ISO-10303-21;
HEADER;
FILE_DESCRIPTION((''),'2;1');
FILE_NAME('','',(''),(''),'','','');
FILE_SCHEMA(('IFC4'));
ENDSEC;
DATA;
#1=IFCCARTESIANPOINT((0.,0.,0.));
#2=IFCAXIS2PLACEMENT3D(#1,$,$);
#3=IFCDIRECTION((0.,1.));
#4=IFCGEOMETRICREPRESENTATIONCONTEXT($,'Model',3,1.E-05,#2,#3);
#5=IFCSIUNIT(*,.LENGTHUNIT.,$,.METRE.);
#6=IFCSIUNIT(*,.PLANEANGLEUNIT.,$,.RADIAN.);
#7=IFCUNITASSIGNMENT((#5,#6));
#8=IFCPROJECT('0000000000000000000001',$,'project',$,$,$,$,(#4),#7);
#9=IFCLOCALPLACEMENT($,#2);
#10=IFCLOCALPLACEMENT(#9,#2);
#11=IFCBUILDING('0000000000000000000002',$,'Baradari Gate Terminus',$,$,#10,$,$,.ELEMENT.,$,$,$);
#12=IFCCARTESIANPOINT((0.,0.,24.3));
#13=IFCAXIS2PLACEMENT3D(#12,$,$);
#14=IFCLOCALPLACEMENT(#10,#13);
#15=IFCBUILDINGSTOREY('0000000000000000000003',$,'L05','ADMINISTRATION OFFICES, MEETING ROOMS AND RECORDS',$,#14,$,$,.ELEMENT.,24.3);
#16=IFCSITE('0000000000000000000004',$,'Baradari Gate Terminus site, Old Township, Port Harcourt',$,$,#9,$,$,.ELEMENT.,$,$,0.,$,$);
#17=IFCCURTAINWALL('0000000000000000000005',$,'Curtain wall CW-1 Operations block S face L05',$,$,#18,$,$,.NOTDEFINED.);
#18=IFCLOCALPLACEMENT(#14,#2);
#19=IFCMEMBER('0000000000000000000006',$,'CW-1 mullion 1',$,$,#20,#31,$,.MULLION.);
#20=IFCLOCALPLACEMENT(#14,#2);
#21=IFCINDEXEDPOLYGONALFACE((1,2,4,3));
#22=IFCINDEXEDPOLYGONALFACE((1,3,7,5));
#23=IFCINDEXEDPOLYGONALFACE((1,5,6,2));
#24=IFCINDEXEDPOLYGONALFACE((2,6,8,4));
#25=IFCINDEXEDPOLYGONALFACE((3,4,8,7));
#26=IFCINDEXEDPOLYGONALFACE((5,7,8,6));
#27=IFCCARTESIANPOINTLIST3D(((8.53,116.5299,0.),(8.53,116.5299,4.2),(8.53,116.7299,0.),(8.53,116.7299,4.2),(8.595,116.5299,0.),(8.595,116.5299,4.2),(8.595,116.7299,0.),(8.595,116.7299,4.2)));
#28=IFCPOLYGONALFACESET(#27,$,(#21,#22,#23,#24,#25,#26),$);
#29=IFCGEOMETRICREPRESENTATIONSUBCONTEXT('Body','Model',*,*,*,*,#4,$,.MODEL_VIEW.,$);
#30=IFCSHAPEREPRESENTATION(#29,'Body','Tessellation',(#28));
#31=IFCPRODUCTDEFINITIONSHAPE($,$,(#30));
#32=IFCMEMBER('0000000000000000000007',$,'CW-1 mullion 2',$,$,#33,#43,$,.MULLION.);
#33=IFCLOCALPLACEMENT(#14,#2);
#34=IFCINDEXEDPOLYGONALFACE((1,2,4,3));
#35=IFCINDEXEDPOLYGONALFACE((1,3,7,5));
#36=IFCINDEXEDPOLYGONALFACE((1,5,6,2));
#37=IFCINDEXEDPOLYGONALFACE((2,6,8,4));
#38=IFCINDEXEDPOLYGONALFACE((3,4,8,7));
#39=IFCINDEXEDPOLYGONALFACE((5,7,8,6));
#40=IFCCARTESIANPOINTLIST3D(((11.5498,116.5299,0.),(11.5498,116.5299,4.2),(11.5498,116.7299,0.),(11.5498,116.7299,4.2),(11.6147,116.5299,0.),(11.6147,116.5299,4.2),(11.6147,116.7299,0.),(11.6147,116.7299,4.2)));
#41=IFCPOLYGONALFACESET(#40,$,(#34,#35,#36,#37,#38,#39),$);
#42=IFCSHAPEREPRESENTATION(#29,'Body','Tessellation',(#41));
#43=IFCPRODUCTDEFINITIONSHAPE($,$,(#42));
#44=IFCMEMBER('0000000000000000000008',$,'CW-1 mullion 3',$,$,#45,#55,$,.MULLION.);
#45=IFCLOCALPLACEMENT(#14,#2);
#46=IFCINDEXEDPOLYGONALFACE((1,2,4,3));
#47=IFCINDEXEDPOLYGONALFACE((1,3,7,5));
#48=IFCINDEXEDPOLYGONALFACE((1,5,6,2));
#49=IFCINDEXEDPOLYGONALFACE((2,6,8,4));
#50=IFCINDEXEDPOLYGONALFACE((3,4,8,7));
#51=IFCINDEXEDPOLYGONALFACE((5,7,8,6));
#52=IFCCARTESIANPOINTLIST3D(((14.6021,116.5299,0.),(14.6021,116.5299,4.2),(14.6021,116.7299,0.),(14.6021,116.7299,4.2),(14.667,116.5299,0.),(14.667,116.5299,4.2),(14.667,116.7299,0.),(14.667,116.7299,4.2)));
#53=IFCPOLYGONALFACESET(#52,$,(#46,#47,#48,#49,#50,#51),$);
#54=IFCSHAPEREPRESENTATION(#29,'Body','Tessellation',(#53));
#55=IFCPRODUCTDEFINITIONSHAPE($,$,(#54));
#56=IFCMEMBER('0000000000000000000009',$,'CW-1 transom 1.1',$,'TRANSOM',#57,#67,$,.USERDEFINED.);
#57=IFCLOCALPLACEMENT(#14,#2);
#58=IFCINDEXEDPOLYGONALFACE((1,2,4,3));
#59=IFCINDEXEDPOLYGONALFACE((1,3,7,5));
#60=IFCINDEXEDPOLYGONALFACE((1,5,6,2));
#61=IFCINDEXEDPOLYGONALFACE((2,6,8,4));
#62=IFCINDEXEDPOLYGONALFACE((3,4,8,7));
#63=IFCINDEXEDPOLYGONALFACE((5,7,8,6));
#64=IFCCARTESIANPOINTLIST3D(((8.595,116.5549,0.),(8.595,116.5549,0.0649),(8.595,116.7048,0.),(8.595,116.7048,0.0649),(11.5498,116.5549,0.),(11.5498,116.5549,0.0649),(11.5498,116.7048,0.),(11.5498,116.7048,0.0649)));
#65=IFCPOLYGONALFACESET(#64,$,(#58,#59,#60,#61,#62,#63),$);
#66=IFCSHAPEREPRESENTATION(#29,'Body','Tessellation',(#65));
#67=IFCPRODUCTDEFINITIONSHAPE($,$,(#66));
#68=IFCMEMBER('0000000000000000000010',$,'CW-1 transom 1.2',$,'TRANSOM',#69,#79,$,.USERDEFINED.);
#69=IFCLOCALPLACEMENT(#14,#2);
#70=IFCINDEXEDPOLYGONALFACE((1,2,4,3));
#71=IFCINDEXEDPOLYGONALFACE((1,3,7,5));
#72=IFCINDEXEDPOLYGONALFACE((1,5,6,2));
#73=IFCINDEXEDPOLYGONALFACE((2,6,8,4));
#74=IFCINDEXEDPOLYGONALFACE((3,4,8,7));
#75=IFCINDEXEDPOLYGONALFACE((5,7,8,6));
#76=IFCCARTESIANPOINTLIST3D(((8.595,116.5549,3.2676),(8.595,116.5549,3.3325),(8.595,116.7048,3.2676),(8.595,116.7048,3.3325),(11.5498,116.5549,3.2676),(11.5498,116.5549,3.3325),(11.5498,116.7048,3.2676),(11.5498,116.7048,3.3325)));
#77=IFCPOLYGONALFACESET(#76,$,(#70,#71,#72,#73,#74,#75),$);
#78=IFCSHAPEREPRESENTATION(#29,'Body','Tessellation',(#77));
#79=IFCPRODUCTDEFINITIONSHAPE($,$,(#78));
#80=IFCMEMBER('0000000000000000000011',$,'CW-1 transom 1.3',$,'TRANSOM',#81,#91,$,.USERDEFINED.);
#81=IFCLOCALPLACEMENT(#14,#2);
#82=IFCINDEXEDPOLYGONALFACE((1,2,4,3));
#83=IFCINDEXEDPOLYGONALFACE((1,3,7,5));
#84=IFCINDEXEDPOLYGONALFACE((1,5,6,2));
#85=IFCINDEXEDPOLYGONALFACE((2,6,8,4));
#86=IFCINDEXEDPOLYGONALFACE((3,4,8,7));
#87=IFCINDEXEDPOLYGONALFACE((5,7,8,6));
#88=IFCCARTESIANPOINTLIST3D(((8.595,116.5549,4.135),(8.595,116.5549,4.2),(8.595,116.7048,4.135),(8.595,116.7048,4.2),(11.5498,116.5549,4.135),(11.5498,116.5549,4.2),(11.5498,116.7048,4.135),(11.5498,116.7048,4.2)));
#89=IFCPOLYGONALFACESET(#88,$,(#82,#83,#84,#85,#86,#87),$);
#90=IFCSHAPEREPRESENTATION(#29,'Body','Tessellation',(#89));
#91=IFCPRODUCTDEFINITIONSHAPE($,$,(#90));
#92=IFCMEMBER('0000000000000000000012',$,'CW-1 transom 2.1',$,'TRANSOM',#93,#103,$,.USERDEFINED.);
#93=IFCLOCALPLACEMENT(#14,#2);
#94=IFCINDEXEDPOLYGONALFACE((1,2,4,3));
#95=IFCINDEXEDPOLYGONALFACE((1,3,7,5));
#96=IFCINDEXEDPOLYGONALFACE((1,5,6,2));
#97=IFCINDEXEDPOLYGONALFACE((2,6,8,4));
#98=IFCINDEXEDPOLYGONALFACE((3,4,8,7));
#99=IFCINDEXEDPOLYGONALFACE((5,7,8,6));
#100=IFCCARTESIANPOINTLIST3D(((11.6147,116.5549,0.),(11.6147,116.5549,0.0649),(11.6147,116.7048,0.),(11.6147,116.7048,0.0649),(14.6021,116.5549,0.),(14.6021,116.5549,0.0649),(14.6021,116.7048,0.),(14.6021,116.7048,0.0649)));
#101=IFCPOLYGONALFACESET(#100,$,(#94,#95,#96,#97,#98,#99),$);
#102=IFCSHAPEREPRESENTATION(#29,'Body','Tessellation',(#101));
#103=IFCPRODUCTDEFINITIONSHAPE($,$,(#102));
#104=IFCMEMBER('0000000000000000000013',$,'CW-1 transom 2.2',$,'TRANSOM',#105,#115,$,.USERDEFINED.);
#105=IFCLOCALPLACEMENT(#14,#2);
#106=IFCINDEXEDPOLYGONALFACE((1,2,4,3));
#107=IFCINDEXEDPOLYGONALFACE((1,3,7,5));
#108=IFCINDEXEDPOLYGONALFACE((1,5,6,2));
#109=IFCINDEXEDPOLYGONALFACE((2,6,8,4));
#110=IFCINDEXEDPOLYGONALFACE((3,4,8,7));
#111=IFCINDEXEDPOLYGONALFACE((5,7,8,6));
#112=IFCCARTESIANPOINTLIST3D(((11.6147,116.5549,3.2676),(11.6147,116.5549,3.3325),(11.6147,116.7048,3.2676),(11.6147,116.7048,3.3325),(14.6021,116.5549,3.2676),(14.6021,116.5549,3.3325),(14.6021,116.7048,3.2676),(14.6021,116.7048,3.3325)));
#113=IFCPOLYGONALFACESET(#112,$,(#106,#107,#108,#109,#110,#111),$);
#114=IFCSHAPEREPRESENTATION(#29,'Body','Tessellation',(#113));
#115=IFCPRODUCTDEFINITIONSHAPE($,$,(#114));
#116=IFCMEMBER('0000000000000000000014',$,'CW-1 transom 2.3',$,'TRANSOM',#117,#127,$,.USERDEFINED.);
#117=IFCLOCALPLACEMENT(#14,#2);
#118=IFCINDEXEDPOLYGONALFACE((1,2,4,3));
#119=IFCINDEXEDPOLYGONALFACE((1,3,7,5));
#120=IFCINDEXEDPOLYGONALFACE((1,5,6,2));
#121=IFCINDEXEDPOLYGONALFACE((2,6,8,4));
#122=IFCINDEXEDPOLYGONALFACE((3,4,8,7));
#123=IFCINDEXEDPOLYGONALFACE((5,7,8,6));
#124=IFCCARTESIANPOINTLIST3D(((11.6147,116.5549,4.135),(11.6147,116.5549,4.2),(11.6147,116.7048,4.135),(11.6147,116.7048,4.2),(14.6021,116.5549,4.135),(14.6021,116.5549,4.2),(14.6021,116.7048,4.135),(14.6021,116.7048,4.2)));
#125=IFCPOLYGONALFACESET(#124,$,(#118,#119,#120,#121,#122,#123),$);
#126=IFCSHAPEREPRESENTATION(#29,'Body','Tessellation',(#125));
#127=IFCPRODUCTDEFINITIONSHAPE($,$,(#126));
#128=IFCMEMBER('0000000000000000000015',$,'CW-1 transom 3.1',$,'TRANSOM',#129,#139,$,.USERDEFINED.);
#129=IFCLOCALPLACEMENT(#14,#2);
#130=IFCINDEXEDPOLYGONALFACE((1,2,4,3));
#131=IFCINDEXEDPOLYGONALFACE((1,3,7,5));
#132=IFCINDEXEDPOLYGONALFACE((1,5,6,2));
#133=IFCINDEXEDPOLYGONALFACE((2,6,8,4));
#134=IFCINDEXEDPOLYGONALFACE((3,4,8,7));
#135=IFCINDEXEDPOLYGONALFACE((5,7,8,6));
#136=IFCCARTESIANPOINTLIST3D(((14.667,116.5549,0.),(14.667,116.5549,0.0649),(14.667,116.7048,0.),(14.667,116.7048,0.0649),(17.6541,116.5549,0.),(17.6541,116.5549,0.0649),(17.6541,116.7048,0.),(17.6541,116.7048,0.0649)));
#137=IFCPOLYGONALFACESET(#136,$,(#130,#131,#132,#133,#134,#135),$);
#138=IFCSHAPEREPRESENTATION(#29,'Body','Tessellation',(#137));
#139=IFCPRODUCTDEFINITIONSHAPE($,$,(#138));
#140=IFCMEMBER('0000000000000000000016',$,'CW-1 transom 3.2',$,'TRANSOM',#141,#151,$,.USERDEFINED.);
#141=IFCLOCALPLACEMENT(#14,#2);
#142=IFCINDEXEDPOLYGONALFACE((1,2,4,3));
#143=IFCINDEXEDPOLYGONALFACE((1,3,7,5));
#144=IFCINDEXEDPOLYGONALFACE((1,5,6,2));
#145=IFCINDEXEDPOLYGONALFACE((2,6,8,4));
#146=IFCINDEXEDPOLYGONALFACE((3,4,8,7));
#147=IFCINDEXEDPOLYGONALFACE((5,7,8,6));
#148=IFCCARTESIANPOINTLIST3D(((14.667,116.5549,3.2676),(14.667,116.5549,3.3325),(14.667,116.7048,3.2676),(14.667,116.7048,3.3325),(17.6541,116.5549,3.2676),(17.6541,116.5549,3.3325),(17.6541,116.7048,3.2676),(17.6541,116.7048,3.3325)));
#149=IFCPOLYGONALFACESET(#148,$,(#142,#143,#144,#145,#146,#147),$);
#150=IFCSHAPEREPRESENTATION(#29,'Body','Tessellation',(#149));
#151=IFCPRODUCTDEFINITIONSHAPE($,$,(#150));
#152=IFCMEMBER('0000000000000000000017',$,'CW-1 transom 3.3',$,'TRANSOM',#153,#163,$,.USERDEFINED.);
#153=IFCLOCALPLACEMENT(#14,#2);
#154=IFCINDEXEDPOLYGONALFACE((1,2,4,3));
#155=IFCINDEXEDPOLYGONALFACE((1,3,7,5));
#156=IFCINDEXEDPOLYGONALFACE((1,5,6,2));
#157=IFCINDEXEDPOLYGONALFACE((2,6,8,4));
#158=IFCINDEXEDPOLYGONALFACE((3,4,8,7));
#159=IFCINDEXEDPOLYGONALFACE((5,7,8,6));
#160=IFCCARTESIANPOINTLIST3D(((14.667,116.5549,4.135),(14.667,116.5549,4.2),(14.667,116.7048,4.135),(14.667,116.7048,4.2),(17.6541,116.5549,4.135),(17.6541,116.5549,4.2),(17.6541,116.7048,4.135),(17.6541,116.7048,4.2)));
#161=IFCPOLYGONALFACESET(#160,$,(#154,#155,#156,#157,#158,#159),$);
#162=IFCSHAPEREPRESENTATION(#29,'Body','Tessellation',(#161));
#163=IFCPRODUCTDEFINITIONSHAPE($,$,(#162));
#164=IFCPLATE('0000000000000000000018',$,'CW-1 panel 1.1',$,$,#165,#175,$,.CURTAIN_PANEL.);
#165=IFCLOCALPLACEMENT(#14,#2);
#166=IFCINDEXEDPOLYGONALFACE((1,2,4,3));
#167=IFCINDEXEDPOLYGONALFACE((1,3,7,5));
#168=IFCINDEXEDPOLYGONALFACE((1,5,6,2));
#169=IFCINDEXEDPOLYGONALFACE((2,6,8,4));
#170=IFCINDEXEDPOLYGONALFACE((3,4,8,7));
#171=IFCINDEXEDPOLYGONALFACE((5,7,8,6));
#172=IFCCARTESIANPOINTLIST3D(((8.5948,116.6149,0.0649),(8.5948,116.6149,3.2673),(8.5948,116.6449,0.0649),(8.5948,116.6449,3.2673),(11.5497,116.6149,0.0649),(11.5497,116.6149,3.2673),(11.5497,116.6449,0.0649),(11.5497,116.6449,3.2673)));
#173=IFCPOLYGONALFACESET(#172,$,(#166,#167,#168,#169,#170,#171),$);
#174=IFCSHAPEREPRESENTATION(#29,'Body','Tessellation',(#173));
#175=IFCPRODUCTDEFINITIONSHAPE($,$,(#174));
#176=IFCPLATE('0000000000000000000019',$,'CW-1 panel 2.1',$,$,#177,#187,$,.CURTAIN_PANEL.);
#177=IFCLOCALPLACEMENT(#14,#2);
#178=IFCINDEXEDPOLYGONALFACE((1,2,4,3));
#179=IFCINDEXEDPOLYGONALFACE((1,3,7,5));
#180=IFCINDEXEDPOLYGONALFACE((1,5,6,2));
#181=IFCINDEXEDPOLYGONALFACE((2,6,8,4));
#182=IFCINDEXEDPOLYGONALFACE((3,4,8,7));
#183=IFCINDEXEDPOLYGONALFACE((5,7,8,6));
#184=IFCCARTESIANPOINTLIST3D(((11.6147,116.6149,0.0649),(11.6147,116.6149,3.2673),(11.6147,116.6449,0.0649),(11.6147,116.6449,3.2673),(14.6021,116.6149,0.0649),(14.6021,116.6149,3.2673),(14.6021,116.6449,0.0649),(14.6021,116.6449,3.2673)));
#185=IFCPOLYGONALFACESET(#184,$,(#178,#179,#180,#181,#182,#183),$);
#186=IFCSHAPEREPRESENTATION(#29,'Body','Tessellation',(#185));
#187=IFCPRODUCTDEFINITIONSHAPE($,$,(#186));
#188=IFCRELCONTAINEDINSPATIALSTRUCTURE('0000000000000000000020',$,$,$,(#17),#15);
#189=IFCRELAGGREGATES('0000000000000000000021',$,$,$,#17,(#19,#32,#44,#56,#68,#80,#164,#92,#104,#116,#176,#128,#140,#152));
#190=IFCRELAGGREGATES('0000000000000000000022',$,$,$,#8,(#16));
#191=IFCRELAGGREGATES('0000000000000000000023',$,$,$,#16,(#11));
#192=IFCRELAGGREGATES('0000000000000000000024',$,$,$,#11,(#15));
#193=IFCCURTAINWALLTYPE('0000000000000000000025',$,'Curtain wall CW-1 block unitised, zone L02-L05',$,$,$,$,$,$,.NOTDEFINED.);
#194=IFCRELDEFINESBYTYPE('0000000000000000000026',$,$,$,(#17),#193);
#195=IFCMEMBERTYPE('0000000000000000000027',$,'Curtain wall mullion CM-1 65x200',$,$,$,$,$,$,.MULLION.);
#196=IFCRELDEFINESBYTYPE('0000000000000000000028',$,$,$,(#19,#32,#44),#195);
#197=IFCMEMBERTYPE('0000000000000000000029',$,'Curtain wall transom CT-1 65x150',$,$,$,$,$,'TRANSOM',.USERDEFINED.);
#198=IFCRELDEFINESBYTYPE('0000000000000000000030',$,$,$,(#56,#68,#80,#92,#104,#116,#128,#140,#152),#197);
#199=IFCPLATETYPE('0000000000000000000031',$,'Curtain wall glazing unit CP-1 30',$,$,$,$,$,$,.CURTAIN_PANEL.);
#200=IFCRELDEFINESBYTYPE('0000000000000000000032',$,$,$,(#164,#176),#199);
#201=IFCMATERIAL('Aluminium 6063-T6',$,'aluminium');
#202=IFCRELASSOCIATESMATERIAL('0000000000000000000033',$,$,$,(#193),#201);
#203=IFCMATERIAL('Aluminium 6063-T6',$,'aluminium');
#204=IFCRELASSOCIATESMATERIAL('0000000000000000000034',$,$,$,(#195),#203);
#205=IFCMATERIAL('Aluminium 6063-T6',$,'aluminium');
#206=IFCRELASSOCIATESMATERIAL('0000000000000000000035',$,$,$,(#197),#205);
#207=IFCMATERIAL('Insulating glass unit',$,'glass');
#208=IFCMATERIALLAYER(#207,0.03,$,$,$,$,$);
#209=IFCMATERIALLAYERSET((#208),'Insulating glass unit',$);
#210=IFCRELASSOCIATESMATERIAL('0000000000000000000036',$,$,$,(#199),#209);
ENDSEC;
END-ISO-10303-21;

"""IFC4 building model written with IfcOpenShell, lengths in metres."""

from ifc_helpers import new_model, si_unit, direction, frame, origin, origin_2d, place, context, subcontext, project, spatial, rectangle, extrude, material, layer, layer_set, material_profile, profile_set, type_object, element, aggregate, save


model = new_model("IFC4")

# Units and contexts
model_context = context("Model", 3, precision=1e-05, world=origin(), true_north=direction((0.0, 1.0)))
body_context = subcontext(model_context, "Body", "Model", "MODEL_VIEW")
ifc_project = project(units=[si_unit("LENGTHUNIT", "METRE"), si_unit("PLANEANGLEUNIT", "RADIAN")], contexts=[model_context])

# Site, building, storey
site_placement = place(None, origin())
site = spatial("IfcSite", under=ifc_project, at=site_placement, Name="Baradari Gate Terminus site, Old Township, Port Harcourt", CompositionType="ELEMENT", RefElevation=0.0)
building_placement = place(site_placement, origin())
building = spatial("IfcBuilding", under=site, at=building_placement, Name="Baradari Gate Terminus", CompositionType="ELEMENT")
storey_placement = place(building_placement, frame((0.0, 0.0, 24.3)))
storey = spatial("IfcBuildingStorey", under=building, at=storey_placement, Name="L05", Description="ADMINISTRATION OFFICES, MEETING ROOMS AND RECORDS", CompositionType="ELEMENT", Elevation=24.3)

# Curtain wall, members, plates
ifc_material_1 = material(Name="Aluminium 6063-T6", Category="aluminium")
curtain_wall_type = type_object("IfcCurtainWallType", Name="Curtain wall CW-1 block unitised, zone L02-L05", PredefinedType="NOTDEFINED", material=ifc_material_1)
curtain_wall_placement = place(storey_placement, origin())
curtain_wall = element("IfcCurtainWall", 1, at=curtain_wall_placement, inside=storey, type_object=curtain_wall_type, Name="Curtain wall CW-1 Operations block S face L05", PredefinedType="NOTDEFINED")
ifc_material_2 = material(Name="Aluminium 6063-T6", Category="aluminium")
ifc_material_profile_1 = material_profile(ifc_material_2, rectangle(XDim=0.2, YDim=0.0649, at=origin_2d()), Name="CM-1 65X200")
ifc_profile_set_1 = profile_set([ifc_material_profile_1], Name="Aluminium 6063-T6")
member_type_1 = type_object("IfcMemberType", Name="Curtain wall mullion CM-1 65x200", PredefinedType="MULLION", material=ifc_profile_set_1)
member_1_placement = place(storey_placement, frame((8.5625, 116.6299, 0.0), z_axis=(0.0, 0.0, 1.0), x_axis=(0.0, 1.0, 0.0)))
member_1 = element("IfcMember", 2, at=member_1_placement, type_object=member_type_1, Name="CW-1 mullion 1", PredefinedType="MULLION", context=body_context, shape_type="SweptSolid", body=[
    extrude(rectangle(XDim=0.2, YDim=0.0649, at=origin_2d()), origin(), (0.0, 0.0, 1.0), 4.2),
])
member_2_placement = place(storey_placement, frame((11.5823, 116.6299, 0.0), z_axis=(0.0, 0.0, 1.0), x_axis=(0.0, 1.0, 0.0)))
member_2 = element("IfcMember", 3, at=member_2_placement, type_object=member_type_1, Name="CW-1 mullion 2", PredefinedType="MULLION", context=body_context, shape_type="SweptSolid", body=[
    extrude(rectangle(XDim=0.2, YDim=0.0649, at=origin_2d()), origin(), (0.0, 0.0, 1.0), 4.2),
])
member_3_placement = place(storey_placement, frame((14.6345, 116.6299, 0.0), z_axis=(0.0, 0.0, 1.0), x_axis=(0.0, 1.0, 0.0)))
member_3 = element("IfcMember", 4, at=member_3_placement, type_object=member_type_1, Name="CW-1 mullion 3", PredefinedType="MULLION", context=body_context, shape_type="SweptSolid", body=[
    extrude(rectangle(XDim=0.2, YDim=0.0649, at=origin_2d()), origin(), (0.0, 0.0, 1.0), 4.2),
])
ifc_material_3 = material(Name="Aluminium 6063-T6", Category="aluminium")
ifc_material_profile_2 = material_profile(ifc_material_3, rectangle(XDim=0.1499, YDim=0.0649, at=origin_2d()), Name="CT-1 65X150")
ifc_profile_set_2 = profile_set([ifc_material_profile_2], Name="Aluminium 6063-T6")
member_type_2 = type_object("IfcMemberType", Name="Curtain wall transom CT-1 65x150", ElementType="TRANSOM", PredefinedType="USERDEFINED", material=ifc_profile_set_2)
member_4_placement = place(storey_placement, frame((8.595, 116.6299, 0.0325), z_axis=(1.0, 0.0, 0.0), x_axis=(0.0, 1.0, 0.0)))
member_4 = element("IfcMember", 5, at=member_4_placement, type_object=member_type_2, Name="CW-1 transom 1.1", ObjectType="TRANSOM", PredefinedType="USERDEFINED", context=body_context, shape_type="SweptSolid", body=[
    extrude(rectangle(XDim=0.1499, YDim=0.0649, at=origin_2d()), origin(), (0.0, 0.0, 1.0), 2.9548),
])
member_5_placement = place(storey_placement, frame((8.595, 116.6299, 3.3), z_axis=(1.0, 0.0, 0.0), x_axis=(0.0, 1.0, 0.0)))
member_5 = element("IfcMember", 6, at=member_5_placement, type_object=member_type_2, Name="CW-1 transom 1.2", ObjectType="TRANSOM", PredefinedType="USERDEFINED", context=body_context, shape_type="SweptSolid", body=[
    extrude(rectangle(XDim=0.1499, YDim=0.0649, at=origin_2d()), origin(), (0.0, 0.0, 1.0), 2.9548),
])
member_6_placement = place(storey_placement, frame((8.595, 116.6299, 4.1675), z_axis=(1.0, 0.0, 0.0), x_axis=(0.0, 1.0, 0.0)))
member_6 = element("IfcMember", 7, at=member_6_placement, type_object=member_type_2, Name="CW-1 transom 1.3", ObjectType="TRANSOM", PredefinedType="USERDEFINED", context=body_context, shape_type="SweptSolid", body=[
    extrude(rectangle(XDim=0.1499, YDim=0.0649, at=origin_2d()), origin(), (0.0, 0.0, 1.0), 2.9548),
])
member_7_placement = place(storey_placement, frame((11.6147, 116.6299, 0.0325), z_axis=(1.0, 0.0, 0.0), x_axis=(0.0, 1.0, 0.0)))
member_7 = element("IfcMember", 8, at=member_7_placement, type_object=member_type_2, Name="CW-1 transom 2.1", ObjectType="TRANSOM", PredefinedType="USERDEFINED", context=body_context, shape_type="SweptSolid", body=[
    extrude(rectangle(XDim=0.1499, YDim=0.0649, at=origin_2d()), origin(), (0.0, 0.0, 1.0), 2.9873),
])
member_8_placement = place(storey_placement, frame((11.6147, 116.6299, 3.3), z_axis=(1.0, 0.0, 0.0), x_axis=(0.0, 1.0, 0.0)))
member_8 = element("IfcMember", 9, at=member_8_placement, type_object=member_type_2, Name="CW-1 transom 2.2", ObjectType="TRANSOM", PredefinedType="USERDEFINED", context=body_context, shape_type="SweptSolid", body=[
    extrude(rectangle(XDim=0.1499, YDim=0.0649, at=origin_2d()), origin(), (0.0, 0.0, 1.0), 2.9873),
])
member_9_placement = place(storey_placement, frame((11.6147, 116.6299, 4.1675), z_axis=(1.0, 0.0, 0.0), x_axis=(0.0, 1.0, 0.0)))
member_9 = element("IfcMember", 10, at=member_9_placement, type_object=member_type_2, Name="CW-1 transom 2.3", ObjectType="TRANSOM", PredefinedType="USERDEFINED", context=body_context, shape_type="SweptSolid", body=[
    extrude(rectangle(XDim=0.1499, YDim=0.0649, at=origin_2d()), origin(), (0.0, 0.0, 1.0), 2.9873),
])
member_10_placement = place(storey_placement, frame((14.667, 116.6299, 0.0325), z_axis=(1.0, 0.0, 0.0), x_axis=(0.0, 1.0, 0.0)))
member_10 = element("IfcMember", 11, at=member_10_placement, type_object=member_type_2, Name="CW-1 transom 3.1", ObjectType="TRANSOM", PredefinedType="USERDEFINED", context=body_context, shape_type="SweptSolid", body=[
    extrude(rectangle(XDim=0.1499, YDim=0.0649, at=origin_2d()), origin(), (0.0, 0.0, 1.0), 2.9871),
])
member_11_placement = place(storey_placement, frame((14.667, 116.6299, 3.3), z_axis=(1.0, 0.0, 0.0), x_axis=(0.0, 1.0, 0.0)))
member_11 = element("IfcMember", 12, at=member_11_placement, type_object=member_type_2, Name="CW-1 transom 3.2", ObjectType="TRANSOM", PredefinedType="USERDEFINED", context=body_context, shape_type="SweptSolid", body=[
    extrude(rectangle(XDim=0.1499, YDim=0.0649, at=origin_2d()), origin(), (0.0, 0.0, 1.0), 2.9871),
])
member_12_placement = place(storey_placement, frame((14.667, 116.6299, 4.1675), z_axis=(1.0, 0.0, 0.0), x_axis=(0.0, 1.0, 0.0)))
member_12 = element("IfcMember", 13, at=member_12_placement, type_object=member_type_2, Name="CW-1 transom 3.3", ObjectType="TRANSOM", PredefinedType="USERDEFINED", context=body_context, shape_type="SweptSolid", body=[
    extrude(rectangle(XDim=0.1499, YDim=0.0649, at=origin_2d()), origin(), (0.0, 0.0, 1.0), 2.9871),
])
ifc_material_4 = material(Name="Insulating glass unit", Category="glass")
ifc_layer_1 = layer(ifc_material_4, 0.03)
ifc_layer_set_1 = layer_set([ifc_layer_1], Name="Insulating glass unit")
plate_type_1 = type_object("IfcPlateType", Name="Curtain wall glazing unit CP-1 30", PredefinedType="CURTAIN_PANEL", material=ifc_layer_set_1)
plate_1_placement = place(storey_placement, frame((10.0723, 116.6299, 0.0649), z_axis=(0.0, 0.0, 1.0), x_axis=(1.0, 0.0, 0.0)))
plate_1 = element("IfcPlate", 14, at=plate_1_placement, type_object=plate_type_1, Name="CW-1 panel 1.1", PredefinedType="CURTAIN_PANEL", context=body_context, shape_type="SweptSolid", body=[
    extrude(rectangle(XDim=2.9548, YDim=0.03, at=origin_2d()), origin(), (0.0, 0.0, 1.0), 3.2024),
])
plate_2_placement = place(storey_placement, frame((13.1084, 116.6299, 0.0649), z_axis=(0.0, 0.0, 1.0), x_axis=(1.0, 0.0, 0.0)))
plate_2 = element("IfcPlate", 15, at=plate_2_placement, type_object=plate_type_1, Name="CW-1 panel 2.1", PredefinedType="CURTAIN_PANEL", context=body_context, shape_type="SweptSolid", body=[
    extrude(rectangle(XDim=2.9873, YDim=0.03, at=origin_2d()), origin(), (0.0, 0.0, 1.0), 3.2024),
])
aggregate(curtain_wall, [member_1, member_2, member_3, member_4, member_5, member_6, plate_1, member_7, member_8, member_9, plate_2, member_10, member_11, member_12])

save(model, "model.ifc")
